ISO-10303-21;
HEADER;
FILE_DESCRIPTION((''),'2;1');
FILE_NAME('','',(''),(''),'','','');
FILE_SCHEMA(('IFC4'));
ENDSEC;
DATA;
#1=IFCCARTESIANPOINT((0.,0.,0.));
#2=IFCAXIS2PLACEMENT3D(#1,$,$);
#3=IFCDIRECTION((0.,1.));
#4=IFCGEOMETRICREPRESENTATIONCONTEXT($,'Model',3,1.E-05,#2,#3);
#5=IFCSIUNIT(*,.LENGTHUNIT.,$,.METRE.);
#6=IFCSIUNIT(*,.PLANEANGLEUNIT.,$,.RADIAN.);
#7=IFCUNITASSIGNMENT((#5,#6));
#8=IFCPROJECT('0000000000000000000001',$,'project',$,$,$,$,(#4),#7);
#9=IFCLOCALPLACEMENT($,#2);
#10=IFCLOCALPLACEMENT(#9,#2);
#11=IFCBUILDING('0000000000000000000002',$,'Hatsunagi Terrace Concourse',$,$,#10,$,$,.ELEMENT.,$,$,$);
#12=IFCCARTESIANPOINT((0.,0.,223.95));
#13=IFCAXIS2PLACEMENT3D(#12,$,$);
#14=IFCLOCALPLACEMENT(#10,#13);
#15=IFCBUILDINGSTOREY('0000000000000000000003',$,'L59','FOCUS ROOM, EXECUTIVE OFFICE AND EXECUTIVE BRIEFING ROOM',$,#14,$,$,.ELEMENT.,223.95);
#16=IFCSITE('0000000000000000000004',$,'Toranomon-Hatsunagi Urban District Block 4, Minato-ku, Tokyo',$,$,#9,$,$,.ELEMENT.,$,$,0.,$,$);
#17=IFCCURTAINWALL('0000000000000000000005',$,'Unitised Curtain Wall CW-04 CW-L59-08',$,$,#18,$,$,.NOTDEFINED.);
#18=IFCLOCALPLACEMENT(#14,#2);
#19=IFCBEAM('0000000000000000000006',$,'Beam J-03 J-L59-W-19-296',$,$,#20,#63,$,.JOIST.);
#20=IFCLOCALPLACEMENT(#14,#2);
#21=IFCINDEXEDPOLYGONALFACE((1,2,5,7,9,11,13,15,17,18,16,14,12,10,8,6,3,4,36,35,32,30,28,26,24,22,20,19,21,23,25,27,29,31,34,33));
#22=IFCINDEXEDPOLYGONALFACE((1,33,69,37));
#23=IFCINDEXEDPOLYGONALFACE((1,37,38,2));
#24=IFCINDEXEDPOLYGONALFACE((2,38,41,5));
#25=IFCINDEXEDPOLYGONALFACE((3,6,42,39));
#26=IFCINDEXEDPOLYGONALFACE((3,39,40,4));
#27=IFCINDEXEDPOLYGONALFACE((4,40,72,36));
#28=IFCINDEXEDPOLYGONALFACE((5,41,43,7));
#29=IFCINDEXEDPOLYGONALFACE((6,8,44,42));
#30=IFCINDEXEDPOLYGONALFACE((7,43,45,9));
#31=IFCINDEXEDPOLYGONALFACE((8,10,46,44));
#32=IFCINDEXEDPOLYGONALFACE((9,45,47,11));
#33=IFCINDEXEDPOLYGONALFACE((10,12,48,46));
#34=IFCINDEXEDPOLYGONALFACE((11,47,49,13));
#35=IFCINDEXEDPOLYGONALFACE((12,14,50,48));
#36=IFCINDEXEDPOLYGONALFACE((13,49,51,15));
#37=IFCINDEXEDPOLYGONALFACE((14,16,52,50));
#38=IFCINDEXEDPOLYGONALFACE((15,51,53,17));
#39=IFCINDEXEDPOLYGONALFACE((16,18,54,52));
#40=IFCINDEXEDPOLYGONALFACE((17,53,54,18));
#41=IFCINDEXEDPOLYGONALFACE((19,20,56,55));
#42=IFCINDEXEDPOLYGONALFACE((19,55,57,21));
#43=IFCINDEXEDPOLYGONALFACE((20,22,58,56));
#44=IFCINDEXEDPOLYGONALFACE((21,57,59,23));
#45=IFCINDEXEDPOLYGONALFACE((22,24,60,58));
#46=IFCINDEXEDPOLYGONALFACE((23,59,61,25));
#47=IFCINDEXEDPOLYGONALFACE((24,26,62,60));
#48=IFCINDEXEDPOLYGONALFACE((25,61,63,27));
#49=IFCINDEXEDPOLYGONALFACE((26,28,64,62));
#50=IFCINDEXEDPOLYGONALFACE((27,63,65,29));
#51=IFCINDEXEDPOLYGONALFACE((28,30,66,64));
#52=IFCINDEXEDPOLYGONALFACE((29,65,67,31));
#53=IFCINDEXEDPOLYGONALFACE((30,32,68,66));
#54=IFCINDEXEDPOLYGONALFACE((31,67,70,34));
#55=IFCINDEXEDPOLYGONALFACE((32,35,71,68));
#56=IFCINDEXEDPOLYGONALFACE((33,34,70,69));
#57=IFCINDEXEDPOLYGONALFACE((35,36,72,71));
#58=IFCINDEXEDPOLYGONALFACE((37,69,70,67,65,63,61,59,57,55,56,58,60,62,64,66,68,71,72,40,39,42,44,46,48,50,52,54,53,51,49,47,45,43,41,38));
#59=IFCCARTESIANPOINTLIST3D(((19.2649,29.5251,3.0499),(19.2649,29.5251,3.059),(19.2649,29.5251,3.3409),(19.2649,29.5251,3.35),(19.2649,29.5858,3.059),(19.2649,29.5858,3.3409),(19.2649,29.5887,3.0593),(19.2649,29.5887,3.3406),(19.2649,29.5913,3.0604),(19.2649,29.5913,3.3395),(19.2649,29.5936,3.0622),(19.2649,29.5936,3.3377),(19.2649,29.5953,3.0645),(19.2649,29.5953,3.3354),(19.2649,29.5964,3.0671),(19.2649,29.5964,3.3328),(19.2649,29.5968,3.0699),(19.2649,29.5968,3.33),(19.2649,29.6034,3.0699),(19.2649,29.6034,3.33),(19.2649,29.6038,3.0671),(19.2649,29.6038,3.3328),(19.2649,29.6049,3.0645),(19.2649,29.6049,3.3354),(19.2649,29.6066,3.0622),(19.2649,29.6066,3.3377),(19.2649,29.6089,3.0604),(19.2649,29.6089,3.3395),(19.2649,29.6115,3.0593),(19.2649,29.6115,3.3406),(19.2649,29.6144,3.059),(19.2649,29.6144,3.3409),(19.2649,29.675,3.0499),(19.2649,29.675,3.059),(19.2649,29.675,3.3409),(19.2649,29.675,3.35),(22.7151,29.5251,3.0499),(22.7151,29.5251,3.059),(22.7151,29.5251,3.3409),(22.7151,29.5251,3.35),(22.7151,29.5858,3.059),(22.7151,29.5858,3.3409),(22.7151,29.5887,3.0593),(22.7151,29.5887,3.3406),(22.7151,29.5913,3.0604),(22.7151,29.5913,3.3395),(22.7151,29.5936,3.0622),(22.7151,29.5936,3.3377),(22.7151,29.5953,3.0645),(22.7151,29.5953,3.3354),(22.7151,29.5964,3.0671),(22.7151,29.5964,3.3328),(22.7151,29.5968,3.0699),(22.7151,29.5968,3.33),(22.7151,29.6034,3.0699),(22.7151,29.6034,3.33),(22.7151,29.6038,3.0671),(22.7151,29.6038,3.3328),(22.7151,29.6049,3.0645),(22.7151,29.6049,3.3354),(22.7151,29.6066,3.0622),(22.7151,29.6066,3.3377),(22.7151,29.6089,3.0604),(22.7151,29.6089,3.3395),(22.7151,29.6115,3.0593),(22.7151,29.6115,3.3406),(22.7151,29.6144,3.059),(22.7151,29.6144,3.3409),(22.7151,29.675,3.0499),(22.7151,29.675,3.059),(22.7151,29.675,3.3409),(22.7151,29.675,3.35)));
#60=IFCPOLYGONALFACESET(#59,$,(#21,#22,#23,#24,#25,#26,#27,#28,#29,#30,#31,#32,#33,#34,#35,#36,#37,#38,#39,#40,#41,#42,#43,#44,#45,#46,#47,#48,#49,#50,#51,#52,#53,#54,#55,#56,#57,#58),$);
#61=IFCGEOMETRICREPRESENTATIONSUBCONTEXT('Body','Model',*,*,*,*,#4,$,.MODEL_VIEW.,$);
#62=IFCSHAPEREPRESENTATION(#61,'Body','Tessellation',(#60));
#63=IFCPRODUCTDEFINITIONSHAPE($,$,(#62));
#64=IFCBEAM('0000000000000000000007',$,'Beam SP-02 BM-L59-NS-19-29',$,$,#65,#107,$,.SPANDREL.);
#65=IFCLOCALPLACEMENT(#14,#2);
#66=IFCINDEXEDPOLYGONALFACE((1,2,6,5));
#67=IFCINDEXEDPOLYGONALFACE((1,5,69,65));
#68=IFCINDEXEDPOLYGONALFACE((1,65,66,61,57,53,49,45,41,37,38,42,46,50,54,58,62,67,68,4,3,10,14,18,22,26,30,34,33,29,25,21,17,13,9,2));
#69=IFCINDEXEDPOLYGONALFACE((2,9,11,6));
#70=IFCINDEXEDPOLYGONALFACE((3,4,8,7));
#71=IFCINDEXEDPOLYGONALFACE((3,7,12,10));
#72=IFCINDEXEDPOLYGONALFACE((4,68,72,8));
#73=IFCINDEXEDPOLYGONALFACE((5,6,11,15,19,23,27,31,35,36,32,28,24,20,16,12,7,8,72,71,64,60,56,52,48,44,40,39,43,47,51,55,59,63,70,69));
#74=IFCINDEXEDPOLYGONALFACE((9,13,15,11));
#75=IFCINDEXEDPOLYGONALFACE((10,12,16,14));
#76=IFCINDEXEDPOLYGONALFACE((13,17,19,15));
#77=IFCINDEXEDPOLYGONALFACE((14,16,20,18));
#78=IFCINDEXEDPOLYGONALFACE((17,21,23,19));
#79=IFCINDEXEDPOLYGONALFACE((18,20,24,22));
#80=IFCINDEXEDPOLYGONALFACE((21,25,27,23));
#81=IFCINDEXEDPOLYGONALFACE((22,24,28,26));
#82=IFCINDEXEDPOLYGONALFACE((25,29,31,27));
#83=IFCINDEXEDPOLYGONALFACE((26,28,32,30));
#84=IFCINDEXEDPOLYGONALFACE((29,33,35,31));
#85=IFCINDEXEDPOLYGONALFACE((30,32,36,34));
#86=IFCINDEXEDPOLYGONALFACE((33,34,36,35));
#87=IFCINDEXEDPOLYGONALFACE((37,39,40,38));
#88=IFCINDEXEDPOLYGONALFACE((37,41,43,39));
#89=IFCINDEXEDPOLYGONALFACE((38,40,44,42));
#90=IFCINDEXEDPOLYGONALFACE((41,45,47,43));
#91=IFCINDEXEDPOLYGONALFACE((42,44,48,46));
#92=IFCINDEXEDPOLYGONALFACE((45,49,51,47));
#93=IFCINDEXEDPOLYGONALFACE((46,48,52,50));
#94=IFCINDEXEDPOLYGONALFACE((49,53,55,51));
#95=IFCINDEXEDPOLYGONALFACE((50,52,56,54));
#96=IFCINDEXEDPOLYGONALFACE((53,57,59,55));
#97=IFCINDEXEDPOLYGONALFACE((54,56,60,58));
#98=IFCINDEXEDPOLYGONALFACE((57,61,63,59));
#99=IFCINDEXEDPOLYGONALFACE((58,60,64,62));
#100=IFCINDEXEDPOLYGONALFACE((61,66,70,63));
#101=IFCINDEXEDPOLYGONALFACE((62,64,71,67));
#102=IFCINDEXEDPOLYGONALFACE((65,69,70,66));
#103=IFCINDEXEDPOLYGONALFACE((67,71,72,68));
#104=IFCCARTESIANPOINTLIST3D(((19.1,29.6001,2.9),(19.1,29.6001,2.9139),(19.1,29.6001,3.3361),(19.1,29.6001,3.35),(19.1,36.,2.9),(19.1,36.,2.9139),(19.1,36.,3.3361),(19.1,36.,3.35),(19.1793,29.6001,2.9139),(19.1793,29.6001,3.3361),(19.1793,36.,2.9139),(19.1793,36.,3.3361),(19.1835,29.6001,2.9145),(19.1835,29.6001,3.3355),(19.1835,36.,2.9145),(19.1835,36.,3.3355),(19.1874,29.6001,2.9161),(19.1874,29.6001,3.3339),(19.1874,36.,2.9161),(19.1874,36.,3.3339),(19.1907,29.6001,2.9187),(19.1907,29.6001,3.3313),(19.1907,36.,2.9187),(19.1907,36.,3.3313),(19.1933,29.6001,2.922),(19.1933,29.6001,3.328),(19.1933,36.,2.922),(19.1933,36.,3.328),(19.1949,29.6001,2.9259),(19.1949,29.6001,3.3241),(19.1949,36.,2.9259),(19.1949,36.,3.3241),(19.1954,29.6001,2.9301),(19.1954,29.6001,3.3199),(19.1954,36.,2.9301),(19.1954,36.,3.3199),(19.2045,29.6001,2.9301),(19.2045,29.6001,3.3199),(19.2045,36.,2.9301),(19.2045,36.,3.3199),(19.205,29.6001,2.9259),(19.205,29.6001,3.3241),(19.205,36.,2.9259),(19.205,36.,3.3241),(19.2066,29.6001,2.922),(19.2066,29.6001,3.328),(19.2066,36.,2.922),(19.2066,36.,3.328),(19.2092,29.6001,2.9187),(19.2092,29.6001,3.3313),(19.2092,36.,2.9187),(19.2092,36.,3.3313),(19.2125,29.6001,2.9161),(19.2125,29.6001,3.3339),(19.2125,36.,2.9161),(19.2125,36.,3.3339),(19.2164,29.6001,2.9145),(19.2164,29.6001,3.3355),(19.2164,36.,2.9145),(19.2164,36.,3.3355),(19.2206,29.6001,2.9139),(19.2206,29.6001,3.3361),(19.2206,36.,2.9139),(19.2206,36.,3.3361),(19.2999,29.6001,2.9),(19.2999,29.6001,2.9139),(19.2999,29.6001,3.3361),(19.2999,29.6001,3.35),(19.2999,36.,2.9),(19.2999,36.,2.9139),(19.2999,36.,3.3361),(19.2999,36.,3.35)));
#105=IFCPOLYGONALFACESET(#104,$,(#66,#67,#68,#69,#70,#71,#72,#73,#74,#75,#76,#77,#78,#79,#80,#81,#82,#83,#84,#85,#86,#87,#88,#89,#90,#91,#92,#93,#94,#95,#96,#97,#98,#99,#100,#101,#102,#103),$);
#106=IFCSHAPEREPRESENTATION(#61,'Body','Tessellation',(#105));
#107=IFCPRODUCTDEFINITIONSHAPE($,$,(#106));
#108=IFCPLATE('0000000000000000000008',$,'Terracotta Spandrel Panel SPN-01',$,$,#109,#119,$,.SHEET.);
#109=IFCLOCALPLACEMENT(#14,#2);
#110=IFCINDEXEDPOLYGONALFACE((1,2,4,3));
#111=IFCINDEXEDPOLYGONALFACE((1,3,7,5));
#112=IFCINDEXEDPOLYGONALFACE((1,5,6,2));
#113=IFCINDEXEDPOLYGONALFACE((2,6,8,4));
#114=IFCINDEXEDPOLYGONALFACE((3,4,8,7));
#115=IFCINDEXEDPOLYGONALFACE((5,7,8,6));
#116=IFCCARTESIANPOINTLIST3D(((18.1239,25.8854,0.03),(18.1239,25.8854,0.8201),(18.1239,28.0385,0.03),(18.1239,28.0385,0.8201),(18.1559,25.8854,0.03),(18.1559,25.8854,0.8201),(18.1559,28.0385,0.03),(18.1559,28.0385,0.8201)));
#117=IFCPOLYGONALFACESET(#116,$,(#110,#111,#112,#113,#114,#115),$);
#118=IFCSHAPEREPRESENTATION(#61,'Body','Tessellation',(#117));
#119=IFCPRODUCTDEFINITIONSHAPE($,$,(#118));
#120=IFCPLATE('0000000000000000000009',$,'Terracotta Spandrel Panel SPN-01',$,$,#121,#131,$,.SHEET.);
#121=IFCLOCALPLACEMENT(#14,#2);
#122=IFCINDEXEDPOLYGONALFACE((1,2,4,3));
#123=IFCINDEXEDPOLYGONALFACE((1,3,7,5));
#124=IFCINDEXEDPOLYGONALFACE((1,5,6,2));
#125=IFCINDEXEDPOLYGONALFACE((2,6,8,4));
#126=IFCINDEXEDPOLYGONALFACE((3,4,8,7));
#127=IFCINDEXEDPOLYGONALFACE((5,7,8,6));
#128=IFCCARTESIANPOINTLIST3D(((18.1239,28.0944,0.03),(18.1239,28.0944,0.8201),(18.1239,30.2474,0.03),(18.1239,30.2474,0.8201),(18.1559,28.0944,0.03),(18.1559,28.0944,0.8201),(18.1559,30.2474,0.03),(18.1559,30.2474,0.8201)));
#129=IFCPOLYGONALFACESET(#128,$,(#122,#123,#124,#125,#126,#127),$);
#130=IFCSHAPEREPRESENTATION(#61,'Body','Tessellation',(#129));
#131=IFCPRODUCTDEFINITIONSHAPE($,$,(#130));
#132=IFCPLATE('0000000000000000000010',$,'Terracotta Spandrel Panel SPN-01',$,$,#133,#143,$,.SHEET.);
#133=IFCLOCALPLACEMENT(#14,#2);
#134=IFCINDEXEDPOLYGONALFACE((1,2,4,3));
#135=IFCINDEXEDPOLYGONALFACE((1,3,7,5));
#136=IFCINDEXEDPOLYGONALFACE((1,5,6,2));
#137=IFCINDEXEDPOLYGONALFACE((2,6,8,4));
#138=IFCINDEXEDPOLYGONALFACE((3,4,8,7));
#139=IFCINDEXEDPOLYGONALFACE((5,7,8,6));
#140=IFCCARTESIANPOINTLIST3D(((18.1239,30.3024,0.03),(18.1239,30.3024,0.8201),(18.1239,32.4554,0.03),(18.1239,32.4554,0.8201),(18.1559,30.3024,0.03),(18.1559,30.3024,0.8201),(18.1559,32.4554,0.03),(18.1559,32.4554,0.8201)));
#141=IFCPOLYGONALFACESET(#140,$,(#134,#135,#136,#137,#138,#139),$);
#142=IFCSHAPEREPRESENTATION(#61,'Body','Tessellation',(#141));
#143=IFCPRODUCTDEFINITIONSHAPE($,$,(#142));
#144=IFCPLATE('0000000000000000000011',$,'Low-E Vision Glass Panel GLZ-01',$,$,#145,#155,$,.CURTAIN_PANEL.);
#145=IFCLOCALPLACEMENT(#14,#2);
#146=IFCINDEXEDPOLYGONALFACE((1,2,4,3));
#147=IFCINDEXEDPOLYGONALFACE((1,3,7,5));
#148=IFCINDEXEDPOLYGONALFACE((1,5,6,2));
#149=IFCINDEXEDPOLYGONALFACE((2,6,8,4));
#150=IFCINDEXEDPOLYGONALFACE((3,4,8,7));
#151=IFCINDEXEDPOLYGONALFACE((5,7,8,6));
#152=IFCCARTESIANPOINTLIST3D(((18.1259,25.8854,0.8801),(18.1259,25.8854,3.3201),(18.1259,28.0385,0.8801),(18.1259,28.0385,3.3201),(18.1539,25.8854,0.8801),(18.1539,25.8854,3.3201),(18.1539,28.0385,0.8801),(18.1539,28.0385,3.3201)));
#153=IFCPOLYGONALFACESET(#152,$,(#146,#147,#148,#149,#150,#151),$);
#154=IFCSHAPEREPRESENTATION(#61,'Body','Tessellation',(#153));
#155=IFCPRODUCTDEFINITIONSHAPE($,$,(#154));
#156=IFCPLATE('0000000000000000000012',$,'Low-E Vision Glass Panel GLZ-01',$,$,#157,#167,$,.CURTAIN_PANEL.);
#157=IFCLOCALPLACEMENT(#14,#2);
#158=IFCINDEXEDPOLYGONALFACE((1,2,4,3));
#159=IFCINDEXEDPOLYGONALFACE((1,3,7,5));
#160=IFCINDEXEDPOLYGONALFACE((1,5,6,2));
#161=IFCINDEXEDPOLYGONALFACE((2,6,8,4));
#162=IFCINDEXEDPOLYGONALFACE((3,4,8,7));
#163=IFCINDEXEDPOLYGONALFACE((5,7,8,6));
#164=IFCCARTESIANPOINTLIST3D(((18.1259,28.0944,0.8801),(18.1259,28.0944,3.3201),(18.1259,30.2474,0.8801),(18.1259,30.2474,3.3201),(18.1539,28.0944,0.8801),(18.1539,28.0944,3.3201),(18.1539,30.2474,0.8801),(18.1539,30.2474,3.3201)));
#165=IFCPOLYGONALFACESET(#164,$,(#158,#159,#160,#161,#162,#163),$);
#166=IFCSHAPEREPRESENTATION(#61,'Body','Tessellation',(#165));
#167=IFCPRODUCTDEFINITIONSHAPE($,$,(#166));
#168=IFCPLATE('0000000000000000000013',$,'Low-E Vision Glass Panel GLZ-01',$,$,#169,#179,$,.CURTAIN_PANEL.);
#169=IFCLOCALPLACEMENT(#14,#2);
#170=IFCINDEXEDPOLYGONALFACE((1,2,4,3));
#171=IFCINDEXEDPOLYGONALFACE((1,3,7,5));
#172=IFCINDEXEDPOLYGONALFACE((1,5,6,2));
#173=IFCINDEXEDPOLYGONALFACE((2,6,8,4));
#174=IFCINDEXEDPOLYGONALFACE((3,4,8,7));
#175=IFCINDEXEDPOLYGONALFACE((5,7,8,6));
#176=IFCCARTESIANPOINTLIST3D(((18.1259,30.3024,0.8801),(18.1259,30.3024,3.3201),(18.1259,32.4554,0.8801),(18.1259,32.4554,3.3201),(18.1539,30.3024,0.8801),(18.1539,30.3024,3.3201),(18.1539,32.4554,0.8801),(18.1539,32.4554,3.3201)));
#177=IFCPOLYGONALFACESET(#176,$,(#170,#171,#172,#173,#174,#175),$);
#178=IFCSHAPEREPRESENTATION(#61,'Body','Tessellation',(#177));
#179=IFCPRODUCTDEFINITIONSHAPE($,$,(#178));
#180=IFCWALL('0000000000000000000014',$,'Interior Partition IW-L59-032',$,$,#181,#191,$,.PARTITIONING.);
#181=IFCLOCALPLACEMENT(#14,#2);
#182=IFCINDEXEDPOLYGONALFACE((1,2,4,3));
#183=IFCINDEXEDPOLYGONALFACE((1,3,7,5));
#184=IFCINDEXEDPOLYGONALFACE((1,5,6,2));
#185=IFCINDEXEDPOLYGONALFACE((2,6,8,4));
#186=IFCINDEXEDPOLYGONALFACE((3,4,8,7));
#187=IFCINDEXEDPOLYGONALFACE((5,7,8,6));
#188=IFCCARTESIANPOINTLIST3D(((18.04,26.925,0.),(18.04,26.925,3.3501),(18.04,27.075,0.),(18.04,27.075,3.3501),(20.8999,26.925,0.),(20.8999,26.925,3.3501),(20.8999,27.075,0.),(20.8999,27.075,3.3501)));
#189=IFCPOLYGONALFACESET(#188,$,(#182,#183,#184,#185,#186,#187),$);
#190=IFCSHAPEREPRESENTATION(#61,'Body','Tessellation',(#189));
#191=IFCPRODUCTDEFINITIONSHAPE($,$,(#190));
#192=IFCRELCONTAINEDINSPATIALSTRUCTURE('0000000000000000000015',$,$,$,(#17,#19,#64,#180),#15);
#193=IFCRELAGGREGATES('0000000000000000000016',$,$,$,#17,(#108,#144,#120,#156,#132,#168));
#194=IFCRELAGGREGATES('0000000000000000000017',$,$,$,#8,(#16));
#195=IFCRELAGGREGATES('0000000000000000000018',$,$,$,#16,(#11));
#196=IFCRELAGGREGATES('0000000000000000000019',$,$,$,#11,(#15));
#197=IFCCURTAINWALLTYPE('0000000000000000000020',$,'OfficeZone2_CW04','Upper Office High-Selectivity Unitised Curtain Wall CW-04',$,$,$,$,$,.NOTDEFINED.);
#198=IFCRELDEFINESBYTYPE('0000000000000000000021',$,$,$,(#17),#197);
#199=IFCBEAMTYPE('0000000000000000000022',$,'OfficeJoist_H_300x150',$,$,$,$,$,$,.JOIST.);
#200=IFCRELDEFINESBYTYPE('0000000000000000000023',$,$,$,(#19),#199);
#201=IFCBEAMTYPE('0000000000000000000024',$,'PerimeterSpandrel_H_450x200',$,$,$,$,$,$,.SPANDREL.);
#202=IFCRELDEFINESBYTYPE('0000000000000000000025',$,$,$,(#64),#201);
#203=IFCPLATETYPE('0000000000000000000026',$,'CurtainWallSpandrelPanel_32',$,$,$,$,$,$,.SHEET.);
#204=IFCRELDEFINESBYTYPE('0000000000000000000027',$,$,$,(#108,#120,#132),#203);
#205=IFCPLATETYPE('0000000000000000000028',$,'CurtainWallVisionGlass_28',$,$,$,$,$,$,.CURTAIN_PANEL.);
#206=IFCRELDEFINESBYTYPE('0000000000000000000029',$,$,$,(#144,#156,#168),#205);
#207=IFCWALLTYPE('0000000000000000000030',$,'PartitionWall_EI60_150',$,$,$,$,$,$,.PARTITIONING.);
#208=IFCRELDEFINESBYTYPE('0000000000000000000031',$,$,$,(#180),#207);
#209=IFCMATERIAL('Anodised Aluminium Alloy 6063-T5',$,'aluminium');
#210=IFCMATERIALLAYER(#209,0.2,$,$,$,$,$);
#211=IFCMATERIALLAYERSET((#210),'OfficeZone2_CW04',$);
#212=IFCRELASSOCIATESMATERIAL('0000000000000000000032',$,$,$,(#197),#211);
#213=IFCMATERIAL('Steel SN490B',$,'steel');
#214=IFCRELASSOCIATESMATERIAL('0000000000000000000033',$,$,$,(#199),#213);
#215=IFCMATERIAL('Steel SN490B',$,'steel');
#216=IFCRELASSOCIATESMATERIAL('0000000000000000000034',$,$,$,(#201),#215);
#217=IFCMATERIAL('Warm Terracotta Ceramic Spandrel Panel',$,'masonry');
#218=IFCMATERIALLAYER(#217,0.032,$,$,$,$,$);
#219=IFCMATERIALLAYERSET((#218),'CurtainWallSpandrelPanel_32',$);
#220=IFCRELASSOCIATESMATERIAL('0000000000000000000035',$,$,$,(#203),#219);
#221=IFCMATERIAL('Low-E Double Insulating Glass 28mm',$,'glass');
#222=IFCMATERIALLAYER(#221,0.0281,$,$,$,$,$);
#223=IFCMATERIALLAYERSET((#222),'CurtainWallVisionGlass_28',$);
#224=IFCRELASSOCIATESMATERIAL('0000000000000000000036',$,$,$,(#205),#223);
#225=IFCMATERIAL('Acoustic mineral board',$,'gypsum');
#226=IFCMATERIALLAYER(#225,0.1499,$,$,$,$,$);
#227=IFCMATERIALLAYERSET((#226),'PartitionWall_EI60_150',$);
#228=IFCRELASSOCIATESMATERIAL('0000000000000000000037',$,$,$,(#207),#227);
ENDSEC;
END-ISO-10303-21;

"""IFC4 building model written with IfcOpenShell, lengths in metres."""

from ifc_helpers import new_model, si_unit, direction, frame, frame_2d, origin, origin_2d, place, context, subcontext, project, spatial, rectangle, i_section, extrude, material, layer, layer_set, material_profile, profile_set, type_object, element, aggregate, save


model = new_model("IFC4")

# Units and contexts
model_context = context("Model", 3, precision=1e-05, world=origin(), true_north=direction((0.0, 1.0)))
body_context = subcontext(model_context, "Body", "Model", "MODEL_VIEW")
ifc_project = project(units=[si_unit("LENGTHUNIT", "METRE"), si_unit("PLANEANGLEUNIT", "RADIAN")], contexts=[model_context])

# Site, building, storey
site_placement = place(None, origin())
site = spatial("IfcSite", under=ifc_project, at=site_placement, Name="Toranomon-Hatsunagi Urban District Block 4, Minato-ku, Tokyo", CompositionType="ELEMENT", RefElevation=0.0)
building_placement = place(site_placement, origin())
building = spatial("IfcBuilding", under=site, at=building_placement, Name="Hatsunagi Terrace Concourse", CompositionType="ELEMENT")
storey_placement = place(building_placement, frame((0.0, 0.0, 223.95)))
storey = spatial("IfcBuildingStorey", under=building, at=storey_placement, Name="L59", Description="FOCUS ROOM, EXECUTIVE OFFICE AND EXECUTIVE BRIEFING ROOM", CompositionType="ELEMENT", Elevation=223.95)

# Curtain wall
ifc_material_1 = material(Name="Anodised Aluminium Alloy 6063-T5", Category="aluminium")
ifc_layer_1 = layer(ifc_material_1, 0.2)
ifc_layer_set_1 = layer_set([ifc_layer_1], Name="OfficeZone2_CW04")
curtain_wall_type = type_object("IfcCurtainWallType", Name="OfficeZone2_CW04", Description="Upper Office High-Selectivity Unitised Curtain Wall CW-04", PredefinedType="NOTDEFINED", material=ifc_layer_set_1)
curtain_wall_placement = place(storey_placement, origin())
curtain_wall = element("IfcCurtainWall", 1, at=curtain_wall_placement, inside=storey, type_object=curtain_wall_type, Name="Unitised Curtain Wall CW-04 CW-L59-08", PredefinedType="NOTDEFINED")

# Beams
ifc_material_2 = material(Name="Steel SN490B", Category="steel")
ifc_material_profile_1 = material_profile(ifc_material_2, i_section(OverallWidth=0.1499, OverallDepth=0.3, WebThickness=0.0066, FlangeThickness=0.009, FilletRadius=0.011, at=origin_2d()), Name="H-300x150x6.5x9")
ifc_profile_set_1 = profile_set([ifc_material_profile_1], Name="Steel SN490B")
beam_type_1 = type_object("IfcBeamType", Name="OfficeJoist_H_300x150", PredefinedType="JOIST", material=ifc_profile_set_1)
for number, where, z_axis, x_axis, name in (
    (2, (19.2649, 29.6001, 3.2), (1.0, 0.0, 0.0), (0.0, 1.0, 0.0), "Beam J-03 J-L59-W-19-296"),
):
    element("IfcBeam", number, at=place(storey_placement, frame(where, z_axis=z_axis, x_axis=x_axis)), inside=storey, type_object=beam_type_1, Name=name, PredefinedType="JOIST", context=body_context, shape_type="SweptSolid", body=[
        extrude(i_section(OverallWidth=0.1499, OverallDepth=0.3, WebThickness=0.0066, FlangeThickness=0.009, FilletRadius=0.011, at=origin_2d()), origin(), (0.0, 0.0, 1.0), 3.4502),
    ])
ifc_material_3 = material(Name="Steel SN490B", Category="steel")
ifc_material_profile_2 = material_profile(ifc_material_3, i_section(OverallWidth=0.2, OverallDepth=0.45, WebThickness=0.009, FlangeThickness=0.0139, FilletRadius=0.0161, at=origin_2d()), Name="H-450x200x9x14")
ifc_profile_set_2 = profile_set([ifc_material_profile_2], Name="Steel SN490B")
beam_type_2 = type_object("IfcBeamType", Name="PerimeterSpandrel_H_450x200", PredefinedType="SPANDREL", material=ifc_profile_set_2)
beam_placement = place(storey_placement, frame((19.2, 29.6001, 3.125), z_axis=(0.0, 1.0, 0.0), x_axis=(-1.0, 0.0, 0.0)))
element("IfcBeam", 3, at=beam_placement, inside=storey, type_object=beam_type_2, Name="Beam SP-02 BM-L59-NS-19-29", PredefinedType="SPANDREL", context=body_context, shape_type="SweptSolid", body=[
    extrude(i_section(OverallWidth=0.2, OverallDepth=0.45, WebThickness=0.009, FlangeThickness=0.0139, FilletRadius=0.0161, at=origin_2d()), origin(), (0.0, 0.0, 1.0), 6.3999),
])

# Plates
ifc_material_4 = material(Name="Warm Terracotta Ceramic Spandrel Panel", Category="masonry")
ifc_layer_2 = layer(ifc_material_4, 0.032)
ifc_layer_set_2 = layer_set([ifc_layer_2], Name="CurtainWallSpandrelPanel_32")
plate_type_1 = type_object("IfcPlateType", Name="CurtainWallSpandrelPanel_32", PredefinedType="SHEET", material=ifc_layer_set_2)
plate_1_placement = place(storey_placement, frame((18.1399, 26.9619, 0.03), z_axis=(0.0, 0.0, 1.0), x_axis=(0.0, 1.0, 0.0)))
plate_1 = element("IfcPlate", 4, at=plate_1_placement, type_object=plate_type_1, Name="Terracotta Spandrel Panel SPN-01", PredefinedType="SHEET", context=body_context, shape_type="SweptSolid", body=[
    extrude(rectangle(XDim=2.1531, YDim=0.032, at=origin_2d()), origin(), (0.0, 0.0, 1.0), 0.79),
])
plate_2_placement = place(storey_placement, frame((18.1399, 29.1709, 0.03), z_axis=(0.0, 0.0, 1.0), x_axis=(0.0, 1.0, 0.0)))
plate_2 = element("IfcPlate", 5, at=plate_2_placement, type_object=plate_type_1, Name="Terracotta Spandrel Panel SPN-01", PredefinedType="SHEET", context=body_context, shape_type="SweptSolid", body=[
    extrude(rectangle(XDim=2.1531, YDim=0.032, at=origin_2d()), origin(), (0.0, 0.0, 1.0), 0.79),
])
plate_3_placement = place(storey_placement, frame((18.1399, 31.3789, 0.03), z_axis=(0.0, 0.0, 1.0), x_axis=(0.0, 1.0, 0.0)))
plate_3 = element("IfcPlate", 6, at=plate_3_placement, type_object=plate_type_1, Name="Terracotta Spandrel Panel SPN-01", PredefinedType="SHEET", context=body_context, shape_type="SweptSolid", body=[
    extrude(rectangle(XDim=2.1531, YDim=0.032, at=origin_2d()), origin(), (0.0, 0.0, 1.0), 0.79),
])
ifc_material_5 = material(Name="Low-E Double Insulating Glass 28mm", Category="glass")
ifc_layer_3 = layer(ifc_material_5, 0.0281)
ifc_layer_set_3 = layer_set([ifc_layer_3], Name="CurtainWallVisionGlass_28")
plate_type_2 = type_object("IfcPlateType", Name="CurtainWallVisionGlass_28", PredefinedType="CURTAIN_PANEL", material=ifc_layer_set_3)
plate_4_placement = place(storey_placement, frame((18.1399, 26.9619, 0.8801), z_axis=(0.0, 0.0, 1.0), x_axis=(0.0, 1.0, 0.0)))
plate_4 = element("IfcPlate", 7, at=plate_4_placement, type_object=plate_type_2, Name="Low-E Vision Glass Panel GLZ-01", PredefinedType="CURTAIN_PANEL", context=body_context, shape_type="SweptSolid", body=[
    extrude(rectangle(XDim=2.1531, YDim=0.0281, at=origin_2d()), origin(), (0.0, 0.0, 1.0), 2.4399),
])
plate_5_placement = place(storey_placement, frame((18.1399, 29.1709, 0.8801), z_axis=(0.0, 0.0, 1.0), x_axis=(0.0, 1.0, 0.0)))
plate_5 = element("IfcPlate", 8, at=plate_5_placement, type_object=plate_type_2, Name="Low-E Vision Glass Panel GLZ-01", PredefinedType="CURTAIN_PANEL", context=body_context, shape_type="SweptSolid", body=[
    extrude(rectangle(XDim=2.1531, YDim=0.0281, at=origin_2d()), origin(), (0.0, 0.0, 1.0), 2.4399),
])
plate_6_placement = place(storey_placement, frame((18.1399, 31.3789, 0.8801), z_axis=(0.0, 0.0, 1.0), x_axis=(0.0, 1.0, 0.0)))
plate_6 = element("IfcPlate", 9, at=plate_6_placement, type_object=plate_type_2, Name="Low-E Vision Glass Panel GLZ-01", PredefinedType="CURTAIN_PANEL", context=body_context, shape_type="SweptSolid", body=[
    extrude(rectangle(XDim=2.1531, YDim=0.0281, at=origin_2d()), origin(), (0.0, 0.0, 1.0), 2.4399),
])
aggregate(curtain_wall, [plate_1, plate_4, plate_2, plate_5, plate_3, plate_6])

# Wall
ifc_material_6 = material(Name="Acoustic mineral board", Category="gypsum")
ifc_layer_4 = layer(ifc_material_6, 0.1499)
ifc_layer_set_4 = layer_set([ifc_layer_4], Name="PartitionWall_EI60_150")
wall_type = type_object("IfcWallType", Name="PartitionWall_EI60_150", PredefinedType="PARTITIONING", material=ifc_layer_set_4)
for number, where, z_axis, x_axis, name in (
    (10, (18.04, 27.0, 0.0), (0.0, 0.0, 1.0), (1.0, 0.0, 0.0), "Interior Partition IW-L59-032"),
):
    element("IfcWall", number, at=place(storey_placement, frame(where, z_axis=z_axis, x_axis=x_axis)), inside=storey, type_object=wall_type, Name=name, PredefinedType="PARTITIONING", context=body_context, shape_type="SweptSolid", body=[
        extrude(rectangle(XDim=2.8599, YDim=0.1499, at=frame_2d((1.4299, 0.0))), origin(), (0.0, 0.0, 1.0), 3.3501),
    ])

save(model, "model.ifc")
